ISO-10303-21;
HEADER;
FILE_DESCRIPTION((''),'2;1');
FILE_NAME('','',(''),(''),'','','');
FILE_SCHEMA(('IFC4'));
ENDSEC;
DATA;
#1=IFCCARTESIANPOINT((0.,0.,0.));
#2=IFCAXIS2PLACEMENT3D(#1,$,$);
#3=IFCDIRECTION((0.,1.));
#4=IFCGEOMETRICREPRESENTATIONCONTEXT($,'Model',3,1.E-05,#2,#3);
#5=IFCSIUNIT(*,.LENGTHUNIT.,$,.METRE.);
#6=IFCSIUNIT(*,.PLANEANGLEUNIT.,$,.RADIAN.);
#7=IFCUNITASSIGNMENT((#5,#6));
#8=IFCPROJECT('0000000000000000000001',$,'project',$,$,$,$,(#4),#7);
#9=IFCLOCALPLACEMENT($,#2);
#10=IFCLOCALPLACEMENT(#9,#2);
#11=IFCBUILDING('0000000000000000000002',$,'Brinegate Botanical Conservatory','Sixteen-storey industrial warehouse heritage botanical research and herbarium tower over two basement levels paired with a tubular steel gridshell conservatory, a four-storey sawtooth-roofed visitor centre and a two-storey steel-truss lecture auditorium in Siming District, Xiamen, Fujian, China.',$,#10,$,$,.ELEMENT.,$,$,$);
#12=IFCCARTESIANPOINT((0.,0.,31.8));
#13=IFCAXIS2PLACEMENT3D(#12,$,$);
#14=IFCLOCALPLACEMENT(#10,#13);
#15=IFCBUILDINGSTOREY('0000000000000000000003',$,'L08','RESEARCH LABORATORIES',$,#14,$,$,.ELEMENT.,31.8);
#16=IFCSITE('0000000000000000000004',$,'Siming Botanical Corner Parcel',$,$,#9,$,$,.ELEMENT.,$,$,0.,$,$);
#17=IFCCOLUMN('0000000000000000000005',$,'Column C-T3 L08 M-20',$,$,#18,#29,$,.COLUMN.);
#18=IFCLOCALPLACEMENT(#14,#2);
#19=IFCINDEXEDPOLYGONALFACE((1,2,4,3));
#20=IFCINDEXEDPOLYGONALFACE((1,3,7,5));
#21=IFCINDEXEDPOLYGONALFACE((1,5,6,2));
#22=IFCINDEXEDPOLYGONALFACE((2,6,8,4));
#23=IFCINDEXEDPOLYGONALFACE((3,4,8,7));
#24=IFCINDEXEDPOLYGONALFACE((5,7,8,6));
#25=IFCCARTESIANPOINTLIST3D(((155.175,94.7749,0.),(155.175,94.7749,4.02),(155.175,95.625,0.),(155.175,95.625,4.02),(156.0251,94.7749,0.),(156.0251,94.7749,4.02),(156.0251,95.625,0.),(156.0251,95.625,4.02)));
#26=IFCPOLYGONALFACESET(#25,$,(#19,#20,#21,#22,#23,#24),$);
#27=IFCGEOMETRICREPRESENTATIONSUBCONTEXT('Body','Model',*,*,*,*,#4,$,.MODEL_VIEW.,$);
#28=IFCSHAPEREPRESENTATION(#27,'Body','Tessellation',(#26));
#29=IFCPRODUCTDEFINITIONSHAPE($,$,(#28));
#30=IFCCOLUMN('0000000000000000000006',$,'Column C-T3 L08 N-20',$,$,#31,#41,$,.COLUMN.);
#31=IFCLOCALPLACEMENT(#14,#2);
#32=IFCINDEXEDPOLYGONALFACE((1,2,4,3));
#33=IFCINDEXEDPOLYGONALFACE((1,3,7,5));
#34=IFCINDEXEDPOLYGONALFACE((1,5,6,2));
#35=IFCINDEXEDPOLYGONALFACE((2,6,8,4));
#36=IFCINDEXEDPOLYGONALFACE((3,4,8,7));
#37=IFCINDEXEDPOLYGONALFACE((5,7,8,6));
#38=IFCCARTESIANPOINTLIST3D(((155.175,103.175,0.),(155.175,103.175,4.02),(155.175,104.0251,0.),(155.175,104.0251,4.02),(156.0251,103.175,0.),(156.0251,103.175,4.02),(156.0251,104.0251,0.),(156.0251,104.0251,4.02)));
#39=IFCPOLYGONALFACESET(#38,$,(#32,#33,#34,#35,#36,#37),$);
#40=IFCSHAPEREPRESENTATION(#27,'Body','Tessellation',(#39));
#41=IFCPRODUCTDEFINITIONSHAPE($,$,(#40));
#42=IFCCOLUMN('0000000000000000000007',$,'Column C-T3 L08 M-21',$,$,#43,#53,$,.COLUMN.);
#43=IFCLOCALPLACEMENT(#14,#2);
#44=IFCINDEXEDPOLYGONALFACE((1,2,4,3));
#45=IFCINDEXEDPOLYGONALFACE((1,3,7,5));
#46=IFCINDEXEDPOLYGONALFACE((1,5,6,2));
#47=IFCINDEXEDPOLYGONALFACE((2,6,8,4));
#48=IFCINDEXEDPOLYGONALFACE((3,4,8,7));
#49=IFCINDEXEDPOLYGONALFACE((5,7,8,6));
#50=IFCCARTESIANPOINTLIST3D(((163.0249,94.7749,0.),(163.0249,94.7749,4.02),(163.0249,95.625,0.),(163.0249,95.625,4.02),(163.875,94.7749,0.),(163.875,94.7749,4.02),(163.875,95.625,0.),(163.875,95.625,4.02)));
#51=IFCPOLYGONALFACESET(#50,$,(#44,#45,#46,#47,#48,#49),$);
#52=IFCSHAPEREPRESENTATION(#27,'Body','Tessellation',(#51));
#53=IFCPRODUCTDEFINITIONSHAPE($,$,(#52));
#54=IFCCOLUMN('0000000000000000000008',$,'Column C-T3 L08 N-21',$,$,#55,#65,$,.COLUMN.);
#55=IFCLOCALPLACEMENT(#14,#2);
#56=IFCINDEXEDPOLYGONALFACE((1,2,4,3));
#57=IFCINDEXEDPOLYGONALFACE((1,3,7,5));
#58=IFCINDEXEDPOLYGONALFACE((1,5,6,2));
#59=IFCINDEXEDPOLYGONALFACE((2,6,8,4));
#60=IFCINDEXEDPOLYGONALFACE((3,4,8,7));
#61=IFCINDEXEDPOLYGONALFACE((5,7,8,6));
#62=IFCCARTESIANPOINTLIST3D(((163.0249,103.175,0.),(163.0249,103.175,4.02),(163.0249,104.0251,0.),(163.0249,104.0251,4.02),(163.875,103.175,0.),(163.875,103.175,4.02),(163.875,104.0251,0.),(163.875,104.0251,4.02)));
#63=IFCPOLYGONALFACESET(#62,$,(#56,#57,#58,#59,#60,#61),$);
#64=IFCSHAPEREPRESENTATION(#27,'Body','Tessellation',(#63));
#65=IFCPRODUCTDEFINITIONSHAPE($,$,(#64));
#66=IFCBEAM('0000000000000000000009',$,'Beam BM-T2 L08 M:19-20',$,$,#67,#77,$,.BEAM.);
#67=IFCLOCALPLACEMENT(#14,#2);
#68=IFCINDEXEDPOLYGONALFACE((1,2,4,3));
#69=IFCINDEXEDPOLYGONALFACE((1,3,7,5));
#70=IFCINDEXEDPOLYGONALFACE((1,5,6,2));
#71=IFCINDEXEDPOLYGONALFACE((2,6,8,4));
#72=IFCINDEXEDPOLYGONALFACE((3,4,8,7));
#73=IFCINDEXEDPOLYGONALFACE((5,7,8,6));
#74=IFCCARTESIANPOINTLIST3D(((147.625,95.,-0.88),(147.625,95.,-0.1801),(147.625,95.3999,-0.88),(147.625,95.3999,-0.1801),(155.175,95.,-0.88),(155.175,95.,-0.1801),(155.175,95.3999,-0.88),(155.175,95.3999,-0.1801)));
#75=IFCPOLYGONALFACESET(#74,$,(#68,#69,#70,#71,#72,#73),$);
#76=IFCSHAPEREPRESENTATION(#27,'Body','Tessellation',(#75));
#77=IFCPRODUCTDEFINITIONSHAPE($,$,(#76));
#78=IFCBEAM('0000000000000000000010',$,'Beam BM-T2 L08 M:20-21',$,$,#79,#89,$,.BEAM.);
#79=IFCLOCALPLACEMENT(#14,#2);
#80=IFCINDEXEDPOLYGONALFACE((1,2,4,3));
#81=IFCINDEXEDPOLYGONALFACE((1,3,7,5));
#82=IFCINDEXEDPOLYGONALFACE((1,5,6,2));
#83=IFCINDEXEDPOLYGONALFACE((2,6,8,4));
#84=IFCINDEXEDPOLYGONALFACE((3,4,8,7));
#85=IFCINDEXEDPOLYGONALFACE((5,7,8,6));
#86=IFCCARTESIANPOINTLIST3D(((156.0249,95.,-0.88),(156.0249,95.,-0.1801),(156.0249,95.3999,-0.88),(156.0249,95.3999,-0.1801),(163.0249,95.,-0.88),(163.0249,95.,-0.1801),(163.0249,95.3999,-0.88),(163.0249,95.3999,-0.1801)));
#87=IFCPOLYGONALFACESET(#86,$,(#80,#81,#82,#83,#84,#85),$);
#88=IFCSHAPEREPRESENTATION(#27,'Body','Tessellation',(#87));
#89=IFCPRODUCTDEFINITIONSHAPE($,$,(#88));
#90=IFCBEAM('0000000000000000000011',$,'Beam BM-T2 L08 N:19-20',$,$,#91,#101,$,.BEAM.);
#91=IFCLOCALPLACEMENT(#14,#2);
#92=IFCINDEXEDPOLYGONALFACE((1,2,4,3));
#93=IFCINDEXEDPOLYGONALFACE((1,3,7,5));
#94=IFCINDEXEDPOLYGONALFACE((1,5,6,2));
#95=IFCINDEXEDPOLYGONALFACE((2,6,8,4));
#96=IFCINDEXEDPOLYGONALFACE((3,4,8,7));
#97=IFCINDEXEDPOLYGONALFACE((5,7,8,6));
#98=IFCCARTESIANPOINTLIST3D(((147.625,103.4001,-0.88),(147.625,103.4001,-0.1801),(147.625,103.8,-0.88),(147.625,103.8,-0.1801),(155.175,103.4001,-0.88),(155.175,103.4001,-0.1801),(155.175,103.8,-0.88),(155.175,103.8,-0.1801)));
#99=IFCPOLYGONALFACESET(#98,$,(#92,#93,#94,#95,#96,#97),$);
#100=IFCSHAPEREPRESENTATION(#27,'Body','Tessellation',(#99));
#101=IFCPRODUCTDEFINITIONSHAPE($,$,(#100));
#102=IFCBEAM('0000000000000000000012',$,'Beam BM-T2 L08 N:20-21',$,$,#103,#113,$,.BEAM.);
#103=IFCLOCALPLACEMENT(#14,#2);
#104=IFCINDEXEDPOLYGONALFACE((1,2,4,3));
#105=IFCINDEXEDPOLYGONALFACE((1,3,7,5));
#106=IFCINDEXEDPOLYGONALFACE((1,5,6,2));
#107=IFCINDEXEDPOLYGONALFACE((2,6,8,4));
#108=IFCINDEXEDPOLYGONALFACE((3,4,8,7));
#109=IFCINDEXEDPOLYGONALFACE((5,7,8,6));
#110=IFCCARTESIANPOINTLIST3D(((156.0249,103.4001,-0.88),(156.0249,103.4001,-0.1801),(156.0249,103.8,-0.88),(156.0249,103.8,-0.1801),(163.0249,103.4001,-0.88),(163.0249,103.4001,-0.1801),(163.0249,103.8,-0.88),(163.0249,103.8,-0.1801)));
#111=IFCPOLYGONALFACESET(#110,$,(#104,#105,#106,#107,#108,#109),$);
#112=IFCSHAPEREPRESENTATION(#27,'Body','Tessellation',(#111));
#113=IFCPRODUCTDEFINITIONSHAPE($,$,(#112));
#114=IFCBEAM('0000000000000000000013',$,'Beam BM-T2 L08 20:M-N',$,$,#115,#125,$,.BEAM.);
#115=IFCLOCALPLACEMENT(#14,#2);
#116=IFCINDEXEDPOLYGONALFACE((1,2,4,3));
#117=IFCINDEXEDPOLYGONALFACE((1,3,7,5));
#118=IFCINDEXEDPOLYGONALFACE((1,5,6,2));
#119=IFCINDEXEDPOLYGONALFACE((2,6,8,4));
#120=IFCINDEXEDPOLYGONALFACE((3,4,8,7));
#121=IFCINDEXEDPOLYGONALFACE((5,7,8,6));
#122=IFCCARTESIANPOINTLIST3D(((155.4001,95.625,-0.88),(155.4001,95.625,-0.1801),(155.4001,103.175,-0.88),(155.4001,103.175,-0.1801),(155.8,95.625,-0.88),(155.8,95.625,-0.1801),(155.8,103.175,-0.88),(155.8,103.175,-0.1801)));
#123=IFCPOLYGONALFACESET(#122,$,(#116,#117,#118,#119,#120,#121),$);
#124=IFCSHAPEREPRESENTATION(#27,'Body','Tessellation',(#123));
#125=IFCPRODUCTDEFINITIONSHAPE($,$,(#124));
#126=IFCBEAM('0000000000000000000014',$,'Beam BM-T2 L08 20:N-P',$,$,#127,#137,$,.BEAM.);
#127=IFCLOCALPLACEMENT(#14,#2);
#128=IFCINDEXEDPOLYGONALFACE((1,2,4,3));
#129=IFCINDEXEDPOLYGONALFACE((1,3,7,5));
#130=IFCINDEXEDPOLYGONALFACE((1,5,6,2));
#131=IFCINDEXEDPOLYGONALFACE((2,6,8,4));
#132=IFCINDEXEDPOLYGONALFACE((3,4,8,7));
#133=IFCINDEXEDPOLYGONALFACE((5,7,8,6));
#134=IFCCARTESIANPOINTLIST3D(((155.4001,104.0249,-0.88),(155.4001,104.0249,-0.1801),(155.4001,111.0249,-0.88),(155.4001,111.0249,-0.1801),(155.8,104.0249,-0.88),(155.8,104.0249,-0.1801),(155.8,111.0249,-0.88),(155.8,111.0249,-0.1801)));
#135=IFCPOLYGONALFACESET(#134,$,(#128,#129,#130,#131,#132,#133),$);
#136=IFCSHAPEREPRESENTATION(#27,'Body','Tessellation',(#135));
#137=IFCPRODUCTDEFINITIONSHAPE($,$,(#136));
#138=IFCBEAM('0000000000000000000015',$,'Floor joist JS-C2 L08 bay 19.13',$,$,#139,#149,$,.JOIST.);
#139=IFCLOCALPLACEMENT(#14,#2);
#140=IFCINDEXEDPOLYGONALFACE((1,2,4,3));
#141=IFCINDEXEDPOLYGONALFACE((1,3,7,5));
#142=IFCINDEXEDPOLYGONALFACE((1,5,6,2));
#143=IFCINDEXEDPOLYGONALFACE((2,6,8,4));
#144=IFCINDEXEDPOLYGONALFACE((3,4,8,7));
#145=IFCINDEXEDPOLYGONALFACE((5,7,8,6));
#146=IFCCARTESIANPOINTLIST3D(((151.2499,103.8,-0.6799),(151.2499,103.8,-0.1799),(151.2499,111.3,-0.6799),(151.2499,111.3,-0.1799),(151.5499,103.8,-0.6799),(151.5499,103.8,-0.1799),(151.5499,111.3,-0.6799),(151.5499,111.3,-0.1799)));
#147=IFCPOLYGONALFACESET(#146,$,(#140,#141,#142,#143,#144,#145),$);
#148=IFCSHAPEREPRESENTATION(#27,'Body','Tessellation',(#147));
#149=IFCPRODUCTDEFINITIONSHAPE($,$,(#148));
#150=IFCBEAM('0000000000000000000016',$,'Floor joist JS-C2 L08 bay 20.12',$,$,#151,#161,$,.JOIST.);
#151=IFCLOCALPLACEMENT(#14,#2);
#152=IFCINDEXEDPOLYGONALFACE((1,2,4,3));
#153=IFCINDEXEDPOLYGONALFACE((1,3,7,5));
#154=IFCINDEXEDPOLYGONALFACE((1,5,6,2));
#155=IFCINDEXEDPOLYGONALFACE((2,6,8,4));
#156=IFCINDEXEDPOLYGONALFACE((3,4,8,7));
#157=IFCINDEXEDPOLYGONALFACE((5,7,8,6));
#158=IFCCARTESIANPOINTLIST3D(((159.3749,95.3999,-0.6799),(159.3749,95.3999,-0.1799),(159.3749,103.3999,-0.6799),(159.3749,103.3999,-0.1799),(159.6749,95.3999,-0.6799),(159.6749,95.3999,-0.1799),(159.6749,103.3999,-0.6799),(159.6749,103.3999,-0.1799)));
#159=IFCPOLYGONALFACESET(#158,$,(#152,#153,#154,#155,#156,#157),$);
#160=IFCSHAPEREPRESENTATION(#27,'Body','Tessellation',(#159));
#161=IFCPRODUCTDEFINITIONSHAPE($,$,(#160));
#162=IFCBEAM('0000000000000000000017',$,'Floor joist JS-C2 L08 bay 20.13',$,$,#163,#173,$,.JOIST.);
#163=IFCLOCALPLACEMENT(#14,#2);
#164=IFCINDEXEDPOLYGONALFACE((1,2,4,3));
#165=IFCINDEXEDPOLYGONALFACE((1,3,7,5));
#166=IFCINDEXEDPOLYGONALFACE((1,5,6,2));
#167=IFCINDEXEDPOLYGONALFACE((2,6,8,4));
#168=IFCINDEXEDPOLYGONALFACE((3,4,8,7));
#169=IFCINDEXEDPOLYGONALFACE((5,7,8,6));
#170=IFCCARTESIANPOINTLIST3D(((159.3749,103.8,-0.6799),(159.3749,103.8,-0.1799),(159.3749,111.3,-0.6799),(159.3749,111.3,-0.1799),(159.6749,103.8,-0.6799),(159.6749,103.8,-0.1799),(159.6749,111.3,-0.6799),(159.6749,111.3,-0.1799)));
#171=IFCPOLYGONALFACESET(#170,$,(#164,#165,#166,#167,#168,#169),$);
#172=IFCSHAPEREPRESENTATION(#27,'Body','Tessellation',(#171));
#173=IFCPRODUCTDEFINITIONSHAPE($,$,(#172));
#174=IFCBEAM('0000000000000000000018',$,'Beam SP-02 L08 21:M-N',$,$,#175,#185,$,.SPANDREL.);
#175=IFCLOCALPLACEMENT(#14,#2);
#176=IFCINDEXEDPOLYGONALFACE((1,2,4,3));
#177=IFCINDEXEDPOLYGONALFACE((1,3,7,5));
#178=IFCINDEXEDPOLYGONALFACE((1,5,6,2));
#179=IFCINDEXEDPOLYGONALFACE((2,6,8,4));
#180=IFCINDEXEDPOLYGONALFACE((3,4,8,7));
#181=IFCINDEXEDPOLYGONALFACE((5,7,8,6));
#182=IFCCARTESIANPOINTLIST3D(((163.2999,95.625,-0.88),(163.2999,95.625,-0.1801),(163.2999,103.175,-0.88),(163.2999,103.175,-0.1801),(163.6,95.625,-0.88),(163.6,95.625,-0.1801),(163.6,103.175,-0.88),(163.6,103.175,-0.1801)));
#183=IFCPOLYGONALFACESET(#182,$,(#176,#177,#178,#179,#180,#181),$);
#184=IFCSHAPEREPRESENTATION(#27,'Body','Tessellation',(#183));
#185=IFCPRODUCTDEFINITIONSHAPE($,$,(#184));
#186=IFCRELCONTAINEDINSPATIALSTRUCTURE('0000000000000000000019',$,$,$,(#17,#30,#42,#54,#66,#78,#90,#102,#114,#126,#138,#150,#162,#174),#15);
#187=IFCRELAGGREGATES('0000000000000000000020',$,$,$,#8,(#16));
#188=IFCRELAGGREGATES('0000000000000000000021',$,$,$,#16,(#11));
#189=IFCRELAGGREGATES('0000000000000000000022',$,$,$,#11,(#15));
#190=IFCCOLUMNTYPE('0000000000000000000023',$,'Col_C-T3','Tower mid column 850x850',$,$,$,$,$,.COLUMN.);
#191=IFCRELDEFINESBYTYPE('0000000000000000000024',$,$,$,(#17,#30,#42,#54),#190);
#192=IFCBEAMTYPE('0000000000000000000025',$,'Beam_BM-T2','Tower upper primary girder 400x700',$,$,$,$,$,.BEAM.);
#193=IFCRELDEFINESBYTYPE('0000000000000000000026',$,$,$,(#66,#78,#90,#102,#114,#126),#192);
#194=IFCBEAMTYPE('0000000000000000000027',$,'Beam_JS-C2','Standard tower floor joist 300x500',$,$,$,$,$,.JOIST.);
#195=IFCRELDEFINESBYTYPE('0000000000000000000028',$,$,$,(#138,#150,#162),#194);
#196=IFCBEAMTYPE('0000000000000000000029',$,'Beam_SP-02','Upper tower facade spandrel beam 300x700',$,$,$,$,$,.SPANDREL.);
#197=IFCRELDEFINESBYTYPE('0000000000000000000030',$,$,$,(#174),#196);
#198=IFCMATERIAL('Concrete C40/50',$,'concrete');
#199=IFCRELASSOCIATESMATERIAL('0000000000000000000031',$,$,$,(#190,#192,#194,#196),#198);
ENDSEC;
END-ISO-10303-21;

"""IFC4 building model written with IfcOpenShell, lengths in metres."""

from ifc_helpers import new_model, si_unit, direction, frame, origin, origin_2d, place, context, subcontext, project, spatial, rectangle, extrude, material, material_profile, profile_set, type_object, element, save


model = new_model("IFC4")

# Units and contexts
model_context = context("Model", 3, precision=1e-05, world=origin(), true_north=direction((0.0, 1.0)))
body_context = subcontext(model_context, "Body", "Model", "MODEL_VIEW")
ifc_project = project(units=[si_unit("LENGTHUNIT", "METRE"), si_unit("PLANEANGLEUNIT", "RADIAN")], contexts=[model_context])

# Site, building, storey
site_placement = place(None, origin())
site = spatial("IfcSite", under=ifc_project, at=site_placement, Name="Siming Botanical Corner Parcel", CompositionType="ELEMENT", RefElevation=0.0)
building_placement = place(site_placement, origin())
building = spatial("IfcBuilding", under=site, at=building_placement, Name="Brinegate Botanical Conservatory", Description="Sixteen-storey industrial warehouse heritage botanical research and herbarium tower over two basement levels paired with a tubular steel gridshell conservatory, a four-storey sawtooth-roofed visitor centre and a two-storey steel-truss lecture auditorium in Siming District, Xiamen, Fujian, China.", CompositionType="ELEMENT")
storey_placement = place(building_placement, frame((0.0, 0.0, 31.8)))
storey = spatial("IfcBuildingStorey", under=building, at=storey_placement, Name="L08", Description="RESEARCH LABORATORIES", CompositionType="ELEMENT", Elevation=31.8)

# Columns
ifc_material_1 = material(Name="Concrete C40/50", Category="concrete")
ifc_material_profile_1 = material_profile(ifc_material_1, rectangle(XDim=0.8501, YDim=0.8501, at=origin_2d()), Name="RC COL 850x850")
ifc_profile_set_1 = profile_set([ifc_material_profile_1], Name="Concrete C40/50")
column_type = type_object("IfcColumnType", Name="Col_C-T3", Description="Tower mid column 850x850", PredefinedType="COLUMN", material=ifc_profile_set_1)
for number, where, z_axis, x_axis, name in (
    (1, (155.6001, 95.2, 0.0), (0.0, 0.0, 1.0), (1.0, 0.0, 0.0), "Column C-T3 L08 M-20"),
    (2, (155.6001, 103.6001, 0.0), (0.0, 0.0, 1.0), (1.0, 0.0, 0.0), "Column C-T3 L08 N-20"),
    (3, (163.45, 95.2, 0.0), (0.0, 0.0, 1.0), (1.0, 0.0, 0.0), "Column C-T3 L08 M-21"),
    (4, (163.45, 103.6001, 0.0), (0.0, 0.0, 1.0), (1.0, 0.0, 0.0), "Column C-T3 L08 N-21"),
):
    element("IfcColumn", number, at=place(storey_placement, frame(where, z_axis=z_axis, x_axis=x_axis)), inside=storey, type_object=column_type, Name=name, PredefinedType="COLUMN", context=body_context, shape_type="SweptSolid", body=[
        extrude(rectangle(XDim=0.8501, YDim=0.8501, at=origin_2d()), origin(), (0.0, 0.0, 1.0), 4.02),
    ])

# Beams
ifc_material_profile_2 = material_profile(ifc_material_1, rectangle(XDim=0.3999, YDim=0.7, at=origin_2d()), Name="RC BM 400x700")
ifc_profile_set_2 = profile_set([ifc_material_profile_2], Name="Concrete C40/50")
beam_type_1 = type_object("IfcBeamType", Name="Beam_BM-T2", Description="Tower upper primary girder 400x700", PredefinedType="BEAM", material=ifc_profile_set_2)
beam_1_placement = place(storey_placement, frame((147.625, 95.2, -0.53), z_axis=(1.0, 0.0, 0.0), x_axis=(0.0, 1.0, 0.0)))
element("IfcBeam", 5, at=beam_1_placement, inside=storey, type_object=beam_type_1, Name="Beam BM-T2 L08 M:19-20", PredefinedType="BEAM", context=body_context, shape_type="SweptSolid", body=[
    extrude(rectangle(XDim=0.3999, YDim=0.7, at=origin_2d()), origin(), (0.0, 0.0, 1.0), 7.55),
])
beam_2_placement = place(storey_placement, frame((156.0249, 95.2, -0.53), z_axis=(1.0, 0.0, 0.0), x_axis=(0.0, 1.0, 0.0)))
element("IfcBeam", 6, at=beam_2_placement, inside=storey, type_object=beam_type_1, Name="Beam BM-T2 L08 M:20-21", PredefinedType="BEAM", context=body_context, shape_type="SweptSolid", body=[
    extrude(rectangle(XDim=0.3999, YDim=0.7, at=origin_2d()), origin(), (0.0, 0.0, 1.0), 7.0),
])
beam_3_placement = place(storey_placement, frame((147.625, 103.6001, -0.53), z_axis=(1.0, 0.0, 0.0), x_axis=(0.0, 1.0, 0.0)))
element("IfcBeam", 7, at=beam_3_placement, inside=storey, type_object=beam_type_1, Name="Beam BM-T2 L08 N:19-20", PredefinedType="BEAM", context=body_context, shape_type="SweptSolid", body=[
    extrude(rectangle(XDim=0.3999, YDim=0.7, at=origin_2d()), origin(), (0.0, 0.0, 1.0), 7.55),
])
beam_4_placement = place(storey_placement, frame((156.0249, 103.6001, -0.53), z_axis=(1.0, 0.0, 0.0), x_axis=(0.0, 1.0, 0.0)))
element("IfcBeam", 8, at=beam_4_placement, inside=storey, type_object=beam_type_1, Name="Beam BM-T2 L08 N:20-21", PredefinedType="BEAM", context=body_context, shape_type="SweptSolid", body=[
    extrude(rectangle(XDim=0.3999, YDim=0.7, at=origin_2d()), origin(), (0.0, 0.0, 1.0), 7.0),
])
beam_5_placement = place(storey_placement, frame((155.6001, 95.625, -0.53), z_axis=(0.0, 1.0, 0.0), x_axis=(-1.0, 0.0, 0.0)))
element("IfcBeam", 9, at=beam_5_placement, inside=storey, type_object=beam_type_1, Name="Beam BM-T2 L08 20:M-N", PredefinedType="BEAM", context=body_context, shape_type="SweptSolid", body=[
    extrude(rectangle(XDim=0.3999, YDim=0.7, at=origin_2d()), origin(), (0.0, 0.0, 1.0), 7.55),
])
beam_6_placement = place(storey_placement, frame((155.6001, 104.0249, -0.53), z_axis=(0.0, 1.0, 0.0), x_axis=(-1.0, 0.0, 0.0)))
element("IfcBeam", 10, at=beam_6_placement, inside=storey, type_object=beam_type_1, Name="Beam BM-T2 L08 20:N-P", PredefinedType="BEAM", context=body_context, shape_type="SweptSolid", body=[
    extrude(rectangle(XDim=0.3999, YDim=0.7, at=origin_2d()), origin(), (0.0, 0.0, 1.0), 7.0),
])
ifc_material_profile_3 = material_profile(ifc_material_1, rectangle(XDim=0.3, YDim=0.5, at=origin_2d()), Name="RC JST 300x500")
ifc_profile_set_3 = profile_set([ifc_material_profile_3], Name="Concrete C40/50")
beam_type_2 = type_object("IfcBeamType", Name="Beam_JS-C2", Description="Standard tower floor joist 300x500", PredefinedType="JOIST", material=ifc_profile_set_3)
beam_7_placement = place(storey_placement, frame((151.3999, 103.8, -0.4299), z_axis=(0.0, 1.0, 0.0), x_axis=(-1.0, 0.0, 0.0)))
element("IfcBeam", 11, at=beam_7_placement, inside=storey, type_object=beam_type_2, Name="Floor joist JS-C2 L08 bay 19.13", PredefinedType="JOIST", context=body_context, shape_type="SweptSolid", body=[
    extrude(rectangle(XDim=0.3, YDim=0.5, at=origin_2d()), origin(), (0.0, 0.0, 1.0), 7.5),
])
beam_8_placement = place(storey_placement, frame((159.5249, 95.3999, -0.4299), z_axis=(0.0, 1.0, 0.0), x_axis=(-1.0, 0.0, 0.0)))
element("IfcBeam", 12, at=beam_8_placement, inside=storey, type_object=beam_type_2, Name="Floor joist JS-C2 L08 bay 20.12", PredefinedType="JOIST", context=body_context, shape_type="SweptSolid", body=[
    extrude(rectangle(XDim=0.3, YDim=0.5, at=origin_2d()), origin(), (0.0, 0.0, 1.0), 8.0),
])
beam_9_placement = place(storey_placement, frame((159.5249, 103.8, -0.4299), z_axis=(0.0, 1.0, 0.0), x_axis=(-1.0, 0.0, 0.0)))
element("IfcBeam", 13, at=beam_9_placement, inside=storey, type_object=beam_type_2, Name="Floor joist JS-C2 L08 bay 20.13", PredefinedType="JOIST", context=body_context, shape_type="SweptSolid", body=[
    extrude(rectangle(XDim=0.3, YDim=0.5, at=origin_2d()), origin(), (0.0, 0.0, 1.0), 7.5),
])
ifc_material_profile_4 = material_profile(ifc_material_1, rectangle(XDim=0.3, YDim=0.7, at=origin_2d()), Name="RC SPN 300x700")
ifc_profile_set_4 = profile_set([ifc_material_profile_4], Name="Concrete C40/50")
beam_type_3 = type_object("IfcBeamType", Name="Beam_SP-02", Description="Upper tower facade spandrel beam 300x700", PredefinedType="SPANDREL", material=ifc_profile_set_4)
beam_10_placement = place(storey_placement, frame((163.45, 95.625, -0.53), z_axis=(0.0, 1.0, 0.0), x_axis=(-1.0, 0.0, 0.0)))
element("IfcBeam", 14, at=beam_10_placement, inside=storey, type_object=beam_type_3, Name="Beam SP-02 L08 21:M-N", PredefinedType="SPANDREL", context=body_context, shape_type="SweptSolid", body=[
    extrude(rectangle(XDim=0.3, YDim=0.7, at=origin_2d()), origin(), (0.0, 0.0, 1.0), 7.55),
])

save(model, "model.ifc")
